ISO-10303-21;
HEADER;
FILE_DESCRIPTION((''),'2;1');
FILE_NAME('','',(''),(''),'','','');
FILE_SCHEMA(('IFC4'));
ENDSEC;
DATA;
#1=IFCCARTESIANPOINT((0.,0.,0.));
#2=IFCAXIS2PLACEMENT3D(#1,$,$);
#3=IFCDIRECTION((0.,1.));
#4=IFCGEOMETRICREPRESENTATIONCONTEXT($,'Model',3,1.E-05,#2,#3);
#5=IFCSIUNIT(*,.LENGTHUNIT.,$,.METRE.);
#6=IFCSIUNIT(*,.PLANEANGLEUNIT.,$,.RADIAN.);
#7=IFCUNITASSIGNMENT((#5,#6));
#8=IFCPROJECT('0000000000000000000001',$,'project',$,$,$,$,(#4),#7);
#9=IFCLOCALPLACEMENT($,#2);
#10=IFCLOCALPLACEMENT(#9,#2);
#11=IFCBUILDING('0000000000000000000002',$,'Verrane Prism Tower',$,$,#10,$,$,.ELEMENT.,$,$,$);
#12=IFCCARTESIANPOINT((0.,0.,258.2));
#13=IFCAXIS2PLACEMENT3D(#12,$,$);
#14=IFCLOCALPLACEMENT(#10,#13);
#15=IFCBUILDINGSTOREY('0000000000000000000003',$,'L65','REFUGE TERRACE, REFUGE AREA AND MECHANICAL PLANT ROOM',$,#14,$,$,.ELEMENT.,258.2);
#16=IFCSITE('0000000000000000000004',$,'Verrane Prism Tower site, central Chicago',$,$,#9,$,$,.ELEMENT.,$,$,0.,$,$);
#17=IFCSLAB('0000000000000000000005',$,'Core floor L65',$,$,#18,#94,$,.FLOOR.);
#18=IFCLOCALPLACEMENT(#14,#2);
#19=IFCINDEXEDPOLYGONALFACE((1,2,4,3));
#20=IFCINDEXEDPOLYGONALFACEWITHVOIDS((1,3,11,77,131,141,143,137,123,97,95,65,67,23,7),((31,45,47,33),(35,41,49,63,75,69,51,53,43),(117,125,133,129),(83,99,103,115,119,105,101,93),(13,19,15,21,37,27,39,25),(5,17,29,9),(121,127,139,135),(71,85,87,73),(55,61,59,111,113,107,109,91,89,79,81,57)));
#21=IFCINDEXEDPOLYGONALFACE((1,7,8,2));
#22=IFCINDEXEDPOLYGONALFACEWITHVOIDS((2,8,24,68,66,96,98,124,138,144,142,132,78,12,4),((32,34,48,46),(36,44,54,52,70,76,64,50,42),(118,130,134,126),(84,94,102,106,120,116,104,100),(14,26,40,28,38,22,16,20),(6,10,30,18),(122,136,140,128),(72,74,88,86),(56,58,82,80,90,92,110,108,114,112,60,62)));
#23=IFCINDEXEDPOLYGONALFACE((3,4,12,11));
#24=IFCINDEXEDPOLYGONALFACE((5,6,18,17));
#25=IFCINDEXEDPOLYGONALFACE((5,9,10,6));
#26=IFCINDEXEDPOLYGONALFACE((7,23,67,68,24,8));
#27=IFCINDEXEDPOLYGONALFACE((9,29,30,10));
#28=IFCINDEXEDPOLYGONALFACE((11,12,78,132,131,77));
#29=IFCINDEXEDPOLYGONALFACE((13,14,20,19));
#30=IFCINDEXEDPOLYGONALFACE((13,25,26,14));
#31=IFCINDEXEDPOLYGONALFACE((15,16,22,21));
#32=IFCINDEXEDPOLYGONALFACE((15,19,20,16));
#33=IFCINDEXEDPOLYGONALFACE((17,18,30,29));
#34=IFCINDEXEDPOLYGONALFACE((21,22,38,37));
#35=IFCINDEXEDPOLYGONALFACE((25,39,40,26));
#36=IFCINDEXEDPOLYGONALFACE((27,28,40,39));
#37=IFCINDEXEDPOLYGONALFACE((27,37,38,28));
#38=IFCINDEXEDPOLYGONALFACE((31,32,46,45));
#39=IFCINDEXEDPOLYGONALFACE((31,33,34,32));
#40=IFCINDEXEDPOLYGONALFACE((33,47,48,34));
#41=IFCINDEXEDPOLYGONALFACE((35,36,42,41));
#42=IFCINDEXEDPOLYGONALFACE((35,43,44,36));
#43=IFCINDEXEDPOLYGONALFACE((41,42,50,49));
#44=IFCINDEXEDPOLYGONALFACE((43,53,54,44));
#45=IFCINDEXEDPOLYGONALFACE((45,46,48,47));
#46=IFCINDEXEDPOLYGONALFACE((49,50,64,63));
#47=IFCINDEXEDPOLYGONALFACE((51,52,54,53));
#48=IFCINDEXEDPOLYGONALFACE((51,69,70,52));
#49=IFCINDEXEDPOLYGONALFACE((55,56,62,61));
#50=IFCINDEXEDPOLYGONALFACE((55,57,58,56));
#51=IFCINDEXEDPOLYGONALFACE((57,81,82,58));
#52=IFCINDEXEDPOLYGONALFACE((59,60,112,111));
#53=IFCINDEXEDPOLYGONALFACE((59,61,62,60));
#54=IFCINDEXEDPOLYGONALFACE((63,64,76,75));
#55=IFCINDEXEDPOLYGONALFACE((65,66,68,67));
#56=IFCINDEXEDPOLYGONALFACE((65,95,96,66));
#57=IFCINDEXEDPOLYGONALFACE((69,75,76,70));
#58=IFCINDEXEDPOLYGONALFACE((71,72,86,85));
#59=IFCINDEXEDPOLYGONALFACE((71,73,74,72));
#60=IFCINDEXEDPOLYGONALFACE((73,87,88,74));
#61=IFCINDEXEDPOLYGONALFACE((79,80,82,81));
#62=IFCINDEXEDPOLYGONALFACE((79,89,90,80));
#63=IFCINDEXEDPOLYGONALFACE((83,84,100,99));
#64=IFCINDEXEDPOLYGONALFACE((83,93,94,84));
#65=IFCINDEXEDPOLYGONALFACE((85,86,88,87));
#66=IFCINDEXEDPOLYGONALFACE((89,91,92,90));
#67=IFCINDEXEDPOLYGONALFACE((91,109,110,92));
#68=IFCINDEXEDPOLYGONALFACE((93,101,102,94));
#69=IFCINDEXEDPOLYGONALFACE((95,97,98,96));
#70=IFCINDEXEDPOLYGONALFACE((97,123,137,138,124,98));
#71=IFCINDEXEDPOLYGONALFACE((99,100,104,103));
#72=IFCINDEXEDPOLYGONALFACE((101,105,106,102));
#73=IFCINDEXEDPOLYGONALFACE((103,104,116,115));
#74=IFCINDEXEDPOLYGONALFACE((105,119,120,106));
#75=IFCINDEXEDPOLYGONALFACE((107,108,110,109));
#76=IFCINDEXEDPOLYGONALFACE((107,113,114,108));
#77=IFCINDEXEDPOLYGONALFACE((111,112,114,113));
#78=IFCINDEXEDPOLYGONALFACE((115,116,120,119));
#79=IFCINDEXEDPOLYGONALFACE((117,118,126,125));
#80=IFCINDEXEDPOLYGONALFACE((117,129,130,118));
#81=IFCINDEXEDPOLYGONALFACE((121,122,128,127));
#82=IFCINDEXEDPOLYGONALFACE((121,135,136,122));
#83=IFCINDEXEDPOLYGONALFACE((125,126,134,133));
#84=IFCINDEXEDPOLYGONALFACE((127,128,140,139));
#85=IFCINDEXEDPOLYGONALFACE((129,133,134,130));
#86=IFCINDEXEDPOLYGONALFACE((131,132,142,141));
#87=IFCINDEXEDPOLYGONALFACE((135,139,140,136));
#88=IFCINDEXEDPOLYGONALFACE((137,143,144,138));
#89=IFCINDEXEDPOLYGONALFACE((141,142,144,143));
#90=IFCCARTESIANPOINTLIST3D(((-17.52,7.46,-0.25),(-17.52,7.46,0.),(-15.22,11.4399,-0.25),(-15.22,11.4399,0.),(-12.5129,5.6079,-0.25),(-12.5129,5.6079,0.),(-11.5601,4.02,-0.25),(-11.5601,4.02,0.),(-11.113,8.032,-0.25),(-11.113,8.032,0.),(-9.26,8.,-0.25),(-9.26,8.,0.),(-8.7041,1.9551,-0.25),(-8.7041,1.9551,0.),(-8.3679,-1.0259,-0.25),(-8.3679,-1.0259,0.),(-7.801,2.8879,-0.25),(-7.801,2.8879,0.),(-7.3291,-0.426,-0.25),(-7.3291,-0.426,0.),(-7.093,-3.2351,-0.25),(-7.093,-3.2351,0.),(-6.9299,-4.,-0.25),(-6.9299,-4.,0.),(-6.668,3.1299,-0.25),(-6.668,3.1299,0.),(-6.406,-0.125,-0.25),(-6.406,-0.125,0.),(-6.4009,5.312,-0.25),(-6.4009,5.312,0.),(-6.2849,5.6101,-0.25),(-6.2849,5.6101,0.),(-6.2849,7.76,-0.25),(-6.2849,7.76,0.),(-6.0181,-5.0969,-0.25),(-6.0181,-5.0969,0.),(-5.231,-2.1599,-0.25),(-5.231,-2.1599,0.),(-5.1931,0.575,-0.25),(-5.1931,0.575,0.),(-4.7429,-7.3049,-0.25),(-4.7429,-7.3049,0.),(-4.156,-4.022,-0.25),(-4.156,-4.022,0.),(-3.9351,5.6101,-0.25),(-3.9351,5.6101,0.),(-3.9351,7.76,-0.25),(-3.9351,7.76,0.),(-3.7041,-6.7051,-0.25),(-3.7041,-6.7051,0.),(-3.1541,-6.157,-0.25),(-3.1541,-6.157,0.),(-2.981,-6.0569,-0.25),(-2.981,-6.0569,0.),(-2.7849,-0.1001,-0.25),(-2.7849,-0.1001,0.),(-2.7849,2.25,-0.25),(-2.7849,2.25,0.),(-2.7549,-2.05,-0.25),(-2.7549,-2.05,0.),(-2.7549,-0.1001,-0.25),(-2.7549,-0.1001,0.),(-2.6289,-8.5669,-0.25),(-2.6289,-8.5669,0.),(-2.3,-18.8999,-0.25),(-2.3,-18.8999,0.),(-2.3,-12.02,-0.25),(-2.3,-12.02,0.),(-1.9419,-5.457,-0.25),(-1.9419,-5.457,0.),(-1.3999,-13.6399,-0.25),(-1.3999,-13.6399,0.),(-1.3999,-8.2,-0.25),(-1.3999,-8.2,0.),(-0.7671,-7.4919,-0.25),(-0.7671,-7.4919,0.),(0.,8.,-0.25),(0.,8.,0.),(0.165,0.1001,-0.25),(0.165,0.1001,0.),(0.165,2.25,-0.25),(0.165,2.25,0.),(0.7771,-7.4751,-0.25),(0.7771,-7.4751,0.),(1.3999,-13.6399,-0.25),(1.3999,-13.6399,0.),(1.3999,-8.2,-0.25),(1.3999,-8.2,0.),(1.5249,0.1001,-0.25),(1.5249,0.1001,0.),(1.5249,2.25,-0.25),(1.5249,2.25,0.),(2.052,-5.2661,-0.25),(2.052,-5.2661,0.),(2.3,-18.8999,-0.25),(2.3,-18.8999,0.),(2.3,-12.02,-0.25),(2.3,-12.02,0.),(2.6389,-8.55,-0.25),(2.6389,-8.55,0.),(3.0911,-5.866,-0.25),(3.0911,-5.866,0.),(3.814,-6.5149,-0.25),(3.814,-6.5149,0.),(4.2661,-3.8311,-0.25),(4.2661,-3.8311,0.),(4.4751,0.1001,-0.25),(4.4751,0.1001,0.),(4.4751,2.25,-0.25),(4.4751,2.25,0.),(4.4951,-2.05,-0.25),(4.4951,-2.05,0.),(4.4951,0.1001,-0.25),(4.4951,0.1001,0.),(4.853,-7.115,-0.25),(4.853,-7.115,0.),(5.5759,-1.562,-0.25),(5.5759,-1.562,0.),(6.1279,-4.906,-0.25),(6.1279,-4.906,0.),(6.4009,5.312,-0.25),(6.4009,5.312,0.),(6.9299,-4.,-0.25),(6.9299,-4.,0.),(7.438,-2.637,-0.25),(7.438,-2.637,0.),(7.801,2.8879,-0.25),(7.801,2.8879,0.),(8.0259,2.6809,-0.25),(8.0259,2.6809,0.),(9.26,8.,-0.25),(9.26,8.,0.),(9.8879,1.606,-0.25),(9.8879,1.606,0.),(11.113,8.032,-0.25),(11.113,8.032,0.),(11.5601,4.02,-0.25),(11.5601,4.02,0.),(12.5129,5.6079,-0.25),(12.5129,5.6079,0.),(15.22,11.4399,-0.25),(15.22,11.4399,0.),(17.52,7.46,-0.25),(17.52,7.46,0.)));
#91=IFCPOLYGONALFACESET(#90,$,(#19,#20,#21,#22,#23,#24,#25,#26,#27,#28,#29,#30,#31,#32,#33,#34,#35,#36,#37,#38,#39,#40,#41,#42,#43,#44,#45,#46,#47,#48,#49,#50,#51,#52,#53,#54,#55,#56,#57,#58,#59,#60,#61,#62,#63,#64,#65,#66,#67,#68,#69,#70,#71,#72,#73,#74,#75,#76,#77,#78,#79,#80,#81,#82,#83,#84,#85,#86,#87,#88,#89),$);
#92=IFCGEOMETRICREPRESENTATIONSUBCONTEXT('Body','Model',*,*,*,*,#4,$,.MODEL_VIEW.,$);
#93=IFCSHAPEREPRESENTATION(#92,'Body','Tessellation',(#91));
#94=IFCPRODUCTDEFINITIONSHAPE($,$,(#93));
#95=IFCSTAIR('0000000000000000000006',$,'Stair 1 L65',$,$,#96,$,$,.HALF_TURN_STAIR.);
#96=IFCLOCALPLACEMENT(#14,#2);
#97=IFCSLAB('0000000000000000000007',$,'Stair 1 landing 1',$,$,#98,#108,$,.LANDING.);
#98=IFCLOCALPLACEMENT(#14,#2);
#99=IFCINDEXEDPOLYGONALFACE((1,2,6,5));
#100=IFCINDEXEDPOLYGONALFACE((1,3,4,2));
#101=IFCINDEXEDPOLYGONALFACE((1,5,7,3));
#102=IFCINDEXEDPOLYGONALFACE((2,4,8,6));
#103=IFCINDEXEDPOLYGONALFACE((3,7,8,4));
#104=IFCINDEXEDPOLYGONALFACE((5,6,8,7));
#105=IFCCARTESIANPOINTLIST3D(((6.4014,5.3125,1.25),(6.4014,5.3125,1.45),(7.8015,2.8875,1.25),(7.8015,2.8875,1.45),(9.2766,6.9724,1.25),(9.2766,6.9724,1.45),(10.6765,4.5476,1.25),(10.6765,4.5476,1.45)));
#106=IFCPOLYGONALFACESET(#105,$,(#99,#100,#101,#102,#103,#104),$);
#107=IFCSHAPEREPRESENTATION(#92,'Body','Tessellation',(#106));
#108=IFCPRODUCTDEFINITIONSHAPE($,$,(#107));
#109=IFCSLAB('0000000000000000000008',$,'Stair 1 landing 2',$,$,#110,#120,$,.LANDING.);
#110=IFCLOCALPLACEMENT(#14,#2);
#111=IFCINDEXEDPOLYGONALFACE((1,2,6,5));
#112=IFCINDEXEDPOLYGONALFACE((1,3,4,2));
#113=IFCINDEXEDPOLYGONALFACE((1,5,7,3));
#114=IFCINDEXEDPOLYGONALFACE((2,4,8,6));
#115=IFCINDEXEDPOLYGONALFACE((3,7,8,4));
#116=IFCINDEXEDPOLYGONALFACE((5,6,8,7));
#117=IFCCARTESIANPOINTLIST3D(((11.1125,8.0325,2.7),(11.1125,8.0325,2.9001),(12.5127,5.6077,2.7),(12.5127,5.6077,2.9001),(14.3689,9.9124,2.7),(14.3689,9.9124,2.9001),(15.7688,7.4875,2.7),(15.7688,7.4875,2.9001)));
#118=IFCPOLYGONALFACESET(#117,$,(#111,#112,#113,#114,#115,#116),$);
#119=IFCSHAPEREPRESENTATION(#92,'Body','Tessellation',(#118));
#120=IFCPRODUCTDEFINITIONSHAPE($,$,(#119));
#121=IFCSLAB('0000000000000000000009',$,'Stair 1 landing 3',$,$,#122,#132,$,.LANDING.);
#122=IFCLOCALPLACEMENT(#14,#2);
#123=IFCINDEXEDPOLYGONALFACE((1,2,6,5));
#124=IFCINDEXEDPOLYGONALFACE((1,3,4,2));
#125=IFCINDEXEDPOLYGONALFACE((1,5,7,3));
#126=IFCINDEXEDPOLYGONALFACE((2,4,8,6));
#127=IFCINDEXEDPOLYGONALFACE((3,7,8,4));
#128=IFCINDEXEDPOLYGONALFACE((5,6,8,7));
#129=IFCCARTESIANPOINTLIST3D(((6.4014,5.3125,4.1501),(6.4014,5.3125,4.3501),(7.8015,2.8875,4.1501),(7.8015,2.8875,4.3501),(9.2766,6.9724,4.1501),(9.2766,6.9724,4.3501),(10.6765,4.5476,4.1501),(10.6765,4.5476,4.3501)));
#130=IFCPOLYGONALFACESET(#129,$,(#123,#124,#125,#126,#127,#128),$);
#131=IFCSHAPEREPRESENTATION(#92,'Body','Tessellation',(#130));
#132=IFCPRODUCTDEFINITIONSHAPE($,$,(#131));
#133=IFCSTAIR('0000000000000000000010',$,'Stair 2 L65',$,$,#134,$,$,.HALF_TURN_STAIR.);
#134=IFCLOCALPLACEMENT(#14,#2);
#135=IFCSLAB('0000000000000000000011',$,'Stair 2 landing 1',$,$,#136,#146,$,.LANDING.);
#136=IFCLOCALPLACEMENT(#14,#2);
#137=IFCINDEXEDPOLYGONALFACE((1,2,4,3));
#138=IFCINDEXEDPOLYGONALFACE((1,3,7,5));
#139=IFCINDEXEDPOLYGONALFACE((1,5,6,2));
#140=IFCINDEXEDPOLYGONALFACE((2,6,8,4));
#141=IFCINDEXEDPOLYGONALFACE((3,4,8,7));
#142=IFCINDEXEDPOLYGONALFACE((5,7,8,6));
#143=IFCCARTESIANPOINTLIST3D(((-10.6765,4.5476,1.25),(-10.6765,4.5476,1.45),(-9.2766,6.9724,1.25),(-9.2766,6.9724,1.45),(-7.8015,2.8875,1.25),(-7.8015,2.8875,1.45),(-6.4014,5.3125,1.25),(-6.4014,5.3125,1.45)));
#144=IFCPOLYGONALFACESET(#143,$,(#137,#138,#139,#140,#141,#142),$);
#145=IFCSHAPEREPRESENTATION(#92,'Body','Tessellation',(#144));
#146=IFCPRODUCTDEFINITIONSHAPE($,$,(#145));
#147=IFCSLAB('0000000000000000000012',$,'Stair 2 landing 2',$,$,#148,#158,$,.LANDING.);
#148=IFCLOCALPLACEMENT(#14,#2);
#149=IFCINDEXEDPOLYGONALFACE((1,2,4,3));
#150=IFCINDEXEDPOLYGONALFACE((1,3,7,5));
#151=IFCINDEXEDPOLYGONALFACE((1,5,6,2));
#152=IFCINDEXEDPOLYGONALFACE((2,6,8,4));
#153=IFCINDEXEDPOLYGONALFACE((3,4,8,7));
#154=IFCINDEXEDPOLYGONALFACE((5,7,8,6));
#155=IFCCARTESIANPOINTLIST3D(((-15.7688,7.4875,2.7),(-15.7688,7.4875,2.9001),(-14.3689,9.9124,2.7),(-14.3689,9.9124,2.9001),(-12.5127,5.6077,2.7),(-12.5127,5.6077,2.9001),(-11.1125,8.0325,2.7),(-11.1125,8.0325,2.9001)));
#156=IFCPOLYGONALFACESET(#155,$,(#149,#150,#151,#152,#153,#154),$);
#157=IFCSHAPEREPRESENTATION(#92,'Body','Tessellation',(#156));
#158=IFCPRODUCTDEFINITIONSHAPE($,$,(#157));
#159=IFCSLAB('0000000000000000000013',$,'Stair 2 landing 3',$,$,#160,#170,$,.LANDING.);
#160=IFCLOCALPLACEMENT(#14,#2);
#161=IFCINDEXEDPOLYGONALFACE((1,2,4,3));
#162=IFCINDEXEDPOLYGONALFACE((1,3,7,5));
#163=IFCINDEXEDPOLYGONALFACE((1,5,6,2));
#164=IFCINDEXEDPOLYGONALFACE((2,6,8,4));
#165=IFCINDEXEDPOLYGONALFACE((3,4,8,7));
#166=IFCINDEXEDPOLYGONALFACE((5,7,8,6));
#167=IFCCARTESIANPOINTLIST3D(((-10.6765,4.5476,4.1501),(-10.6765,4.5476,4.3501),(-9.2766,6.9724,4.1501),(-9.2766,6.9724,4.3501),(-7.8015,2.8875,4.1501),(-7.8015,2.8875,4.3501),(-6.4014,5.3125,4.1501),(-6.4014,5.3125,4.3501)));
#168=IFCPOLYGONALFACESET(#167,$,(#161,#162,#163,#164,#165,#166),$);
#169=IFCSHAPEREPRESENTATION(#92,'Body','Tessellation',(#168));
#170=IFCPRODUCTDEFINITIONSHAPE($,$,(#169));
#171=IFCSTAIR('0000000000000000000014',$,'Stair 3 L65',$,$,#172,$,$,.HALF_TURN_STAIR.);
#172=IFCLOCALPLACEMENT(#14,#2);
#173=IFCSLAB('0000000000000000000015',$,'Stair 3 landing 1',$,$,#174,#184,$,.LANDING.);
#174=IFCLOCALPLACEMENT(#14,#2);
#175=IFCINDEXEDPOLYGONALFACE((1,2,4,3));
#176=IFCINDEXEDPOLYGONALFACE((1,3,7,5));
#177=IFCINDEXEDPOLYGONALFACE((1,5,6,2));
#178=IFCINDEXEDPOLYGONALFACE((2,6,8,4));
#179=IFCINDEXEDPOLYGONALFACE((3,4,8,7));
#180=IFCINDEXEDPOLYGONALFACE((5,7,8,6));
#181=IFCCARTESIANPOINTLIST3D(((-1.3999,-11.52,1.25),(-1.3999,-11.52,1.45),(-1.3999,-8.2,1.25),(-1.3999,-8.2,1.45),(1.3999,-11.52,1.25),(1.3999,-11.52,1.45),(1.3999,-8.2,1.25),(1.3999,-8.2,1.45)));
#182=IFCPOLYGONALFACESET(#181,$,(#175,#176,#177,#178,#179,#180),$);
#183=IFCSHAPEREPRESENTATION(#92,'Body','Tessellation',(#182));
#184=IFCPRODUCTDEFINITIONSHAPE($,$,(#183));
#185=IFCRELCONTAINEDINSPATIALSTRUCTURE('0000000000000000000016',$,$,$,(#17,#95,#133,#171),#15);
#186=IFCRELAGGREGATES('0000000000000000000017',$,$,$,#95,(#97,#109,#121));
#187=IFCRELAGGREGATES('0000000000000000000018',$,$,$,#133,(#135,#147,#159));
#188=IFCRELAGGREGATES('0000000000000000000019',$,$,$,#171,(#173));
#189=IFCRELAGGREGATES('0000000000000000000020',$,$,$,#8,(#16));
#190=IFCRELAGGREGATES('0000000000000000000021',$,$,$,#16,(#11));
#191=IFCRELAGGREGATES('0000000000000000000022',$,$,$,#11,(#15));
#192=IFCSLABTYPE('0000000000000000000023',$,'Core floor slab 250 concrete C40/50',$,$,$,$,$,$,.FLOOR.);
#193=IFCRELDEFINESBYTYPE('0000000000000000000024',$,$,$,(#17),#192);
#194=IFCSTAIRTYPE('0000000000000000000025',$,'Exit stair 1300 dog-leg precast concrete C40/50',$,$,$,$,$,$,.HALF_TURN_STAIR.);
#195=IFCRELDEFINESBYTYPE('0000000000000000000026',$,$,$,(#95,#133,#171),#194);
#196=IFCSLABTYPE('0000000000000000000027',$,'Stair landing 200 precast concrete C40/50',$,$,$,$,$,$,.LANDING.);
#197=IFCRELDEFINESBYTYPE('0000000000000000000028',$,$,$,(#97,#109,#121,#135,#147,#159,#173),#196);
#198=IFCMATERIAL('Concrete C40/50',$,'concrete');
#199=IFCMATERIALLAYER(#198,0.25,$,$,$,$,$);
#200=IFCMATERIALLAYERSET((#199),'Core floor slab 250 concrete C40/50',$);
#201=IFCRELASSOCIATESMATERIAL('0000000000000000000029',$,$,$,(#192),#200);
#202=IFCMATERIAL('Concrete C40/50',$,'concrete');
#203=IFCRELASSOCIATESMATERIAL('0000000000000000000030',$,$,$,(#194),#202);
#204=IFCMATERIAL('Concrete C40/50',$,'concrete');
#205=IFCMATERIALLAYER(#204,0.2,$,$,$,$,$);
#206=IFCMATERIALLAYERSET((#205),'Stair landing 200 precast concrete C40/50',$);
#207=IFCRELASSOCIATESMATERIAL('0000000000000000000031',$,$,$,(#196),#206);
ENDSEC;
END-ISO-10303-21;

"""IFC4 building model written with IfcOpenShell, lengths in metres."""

from ifc_helpers import new_model, si_unit, direction, frame, origin, place, context, subcontext, project, spatial, polyline, outline, extrude, material, layer, layer_set, type_object, element, aggregate, save


model = new_model("IFC4")

# Units and contexts
model_context = context("Model", 3, precision=1e-05, world=origin(), true_north=direction((0.0, 1.0)))
body_context = subcontext(model_context, "Body", "Model", "MODEL_VIEW")
ifc_project = project(units=[si_unit("LENGTHUNIT", "METRE"), si_unit("PLANEANGLEUNIT", "RADIAN")], contexts=[model_context])

# Site, building, storey
site_placement = place(None, origin())
site = spatial("IfcSite", under=ifc_project, at=site_placement, Name="Verrane Prism Tower site, central Chicago", CompositionType="ELEMENT", RefElevation=0.0)
building_placement = place(site_placement, origin())
building = spatial("IfcBuilding", under=site, at=building_placement, Name="Verrane Prism Tower", CompositionType="ELEMENT")
storey_placement = place(building_placement, frame((0.0, 0.0, 258.2)))
storey = spatial("IfcBuildingStorey", under=building, at=storey_placement, Name="L65", Description="REFUGE TERRACE, REFUGE AREA AND MECHANICAL PLANT ROOM", CompositionType="ELEMENT", Elevation=258.2)

# Slab
ifc_material_1 = material(Name="Concrete C40/50", Category="concrete")
ifc_layer_1 = layer(ifc_material_1, 0.25)
ifc_layer_set_1 = layer_set([ifc_layer_1], Name="Core floor slab 250 concrete C40/50")
slab_type_1 = type_object("IfcSlabType", Name="Core floor slab 250 concrete C40/50", PredefinedType="FLOOR", material=ifc_layer_set_1)
slab_1_placement = place(storey_placement, frame((0.0, 0.0, -0.25)))
element("IfcSlab", 1, at=slab_1_placement, inside=storey, type_object=slab_type_1, Name="Core floor L65", PredefinedType="FLOOR", context=body_context, shape_type="SweptSolid", body=[
    extrude(outline(polyline([(11.5601, 4.02), (17.52, 7.46), (15.22, 11.4399), (9.26, 8.0), (0.0, 8.0), (-9.26, 8.0), (-15.22, 11.4399), (-17.52, 7.46), (-11.5601, 4.02), (-6.9299, -4.0), (-2.3, -12.02), (-2.3, -18.8999), (2.3, -18.8999), (2.3, -12.02), (6.9299, -4.0), (11.5601, 4.02)]), holes=[polyline([(-1.3999, -8.2), (1.3999, -8.2), (1.3999, -13.6399), (-1.3999, -13.6399), (-1.3999, -8.2)]), polyline([(-3.1541, -6.157), (-1.9419, -5.457), (-0.7671, -7.4919), (-2.6289, -8.5669), (-3.7041, -6.7051), (-4.7429, -7.3049), (-6.0181, -5.0969), (-4.156, -4.022), (-2.981, -6.0569), (-3.1541, -6.157)]), polyline([(-7.801, 2.8879), (-12.5129, 5.6079), (-11.113, 8.032), (-6.4009, 5.312), (-7.801, 2.8879)]), polyline([(-3.9351, 5.6101), (-6.2849, 5.6101), (-6.2849, 7.76), (-3.9351, 7.76), (-3.9351, 5.6101)]), polyline([(2.6389, -8.55), (0.7771, -7.4751), (2.052, -5.2661), (3.0911, -5.866), (4.2661, -3.8311), (6.1279, -4.906), (4.853, -7.115), (3.814, -6.5149), (2.6389, -8.55)]), polyline([(9.8879, 1.606), (7.438, -2.637), (5.5759, -1.562), (8.0259, 2.6809), (9.8879, 1.606)]), polyline([(0.165, 0.1001), (1.5249, 0.1001), (1.5249, 2.25), (4.4751, 2.25), (4.4751, 0.1001), (4.4951, 0.1001), (4.4951, -2.05), (-2.7549, -2.05), (-2.7549, -0.1001), (-2.7849, -0.1001), (-2.7849, 2.25), (0.165, 2.25), (0.165, 0.1001)]), polyline([(6.4009, 5.312), (11.113, 8.032), (12.5129, 5.6079), (7.801, 2.8879), (6.4009, 5.312)]), polyline([(-5.231, -2.1599), (-7.093, -3.2351), (-8.3679, -1.0259), (-7.3291, -0.426), (-8.7041, 1.9551), (-6.668, 3.1299), (-5.1931, 0.575), (-6.406, -0.125), (-5.231, -2.1599)])]), origin(), (0.0, 0.0, 1.0), 0.25),
])

# Stairs, slabs
ifc_material_2 = material(Name="Concrete C40/50", Category="concrete")
stair_type = type_object("IfcStairType", Name="Exit stair 1300 dog-leg precast concrete C40/50", PredefinedType="HALF_TURN_STAIR", material=ifc_material_2)
stair_1_placement = place(storey_placement, origin())
stair_1 = element("IfcStair", 2, at=stair_1_placement, inside=storey, type_object=stair_type, Name="Stair 1 L65", PredefinedType="HALF_TURN_STAIR")
ifc_material_3 = material(Name="Concrete C40/50", Category="concrete")
ifc_layer_2 = layer(ifc_material_3, 0.2)
ifc_layer_set_2 = layer_set([ifc_layer_2], Name="Stair landing 200 precast concrete C40/50")
slab_type_2 = type_object("IfcSlabType", Name="Stair landing 200 precast concrete C40/50", PredefinedType="LANDING", material=ifc_layer_set_2)
slab_2_placement = place(storey_placement, frame((0.0, 0.0, 1.25)))
slab_2 = element("IfcSlab", 3, at=slab_2_placement, type_object=slab_type_2, Name="Stair 1 landing 1", PredefinedType="LANDING", context=body_context, shape_type="SweptSolid", body=[
    extrude(outline(polyline([(9.2766, 6.9724), (6.4014, 5.3125), (7.8015, 2.8875), (10.6765, 4.5476), (9.2766, 6.9724)])), origin(), (0.0, 0.0, 1.0), 0.2),
])
slab_3_placement = place(storey_placement, frame((0.0, 0.0, 2.7)))
slab_3 = element("IfcSlab", 4, at=slab_3_placement, type_object=slab_type_2, Name="Stair 1 landing 2", PredefinedType="LANDING", context=body_context, shape_type="SweptSolid", body=[
    extrude(outline(polyline([(14.3689, 9.9124), (11.1125, 8.0325), (12.5127, 5.6077), (15.7688, 7.4875), (14.3689, 9.9124)])), origin(), (0.0, 0.0, 1.0), 0.2002),
])
slab_4_placement = place(storey_placement, frame((0.0, 0.0, 4.1501)))
slab_4 = element("IfcSlab", 5, at=slab_4_placement, type_object=slab_type_2, Name="Stair 1 landing 3", PredefinedType="LANDING", context=body_context, shape_type="SweptSolid", body=[
    extrude(outline(polyline([(9.2766, 6.9724), (6.4014, 5.3125), (7.8015, 2.8875), (10.6765, 4.5476), (9.2766, 6.9724)])), origin(), (0.0, 0.0, 1.0), 0.2),
])
aggregate(stair_1, [slab_2, slab_3, slab_4])
stair_2_placement = place(storey_placement, origin())
stair_2 = element("IfcStair", 6, at=stair_2_placement, inside=storey, type_object=stair_type, Name="Stair 2 L65", PredefinedType="HALF_TURN_STAIR")
slab_5_placement = place(storey_placement, frame((0.0, 0.0, 1.25)))
slab_5 = element("IfcSlab", 7, at=slab_5_placement, type_object=slab_type_2, Name="Stair 2 landing 1", PredefinedType="LANDING", context=body_context, shape_type="SweptSolid", body=[
    extrude(outline(polyline([(-10.6765, 4.5476), (-7.8015, 2.8875), (-6.4014, 5.3125), (-9.2766, 6.9724), (-10.6765, 4.5476)])), origin(), (0.0, 0.0, 1.0), 0.2),
])
slab_6_placement = place(storey_placement, frame((0.0, 0.0, 2.7)))
slab_6 = element("IfcSlab", 8, at=slab_6_placement, type_object=slab_type_2, Name="Stair 2 landing 2", PredefinedType="LANDING", context=body_context, shape_type="SweptSolid", body=[
    extrude(outline(polyline([(-15.7688, 7.4875), (-12.5127, 5.6077), (-11.1125, 8.0325), (-14.3689, 9.9124), (-15.7688, 7.4875)])), origin(), (0.0, 0.0, 1.0), 0.2002),
])
slab_7_placement = place(storey_placement, frame((0.0, 0.0, 4.1501)))
slab_7 = element("IfcSlab", 9, at=slab_7_placement, type_object=slab_type_2, Name="Stair 2 landing 3", PredefinedType="LANDING", context=body_context, shape_type="SweptSolid", body=[
    extrude(outline(polyline([(-10.6765, 4.5476), (-7.8015, 2.8875), (-6.4014, 5.3125), (-9.2766, 6.9724), (-10.6765, 4.5476)])), origin(), (0.0, 0.0, 1.0), 0.2),
])
aggregate(stair_2, [slab_5, slab_6, slab_7])
stair_3_placement = place(storey_placement, origin())
stair_3 = element("IfcStair", 10, at=stair_3_placement, inside=storey, type_object=stair_type, Name="Stair 3 L65", PredefinedType="HALF_TURN_STAIR")
slab_8_placement = place(storey_placement, frame((0.0, 0.0, 1.25)))
slab_8 = element("IfcSlab", 11, at=slab_8_placement, type_object=slab_type_2, Name="Stair 3 landing 1", PredefinedType="LANDING", context=body_context, shape_type="SweptSolid", body=[
    extrude(outline(polyline([(1.3999, -11.52), (1.3999, -8.2), (-1.3999, -8.2), (-1.3999, -11.52), (1.3999, -11.52)])), origin(), (0.0, 0.0, 1.0), 0.2),
])
aggregate(stair_3, [slab_8])

save(model, "model.ifc")
